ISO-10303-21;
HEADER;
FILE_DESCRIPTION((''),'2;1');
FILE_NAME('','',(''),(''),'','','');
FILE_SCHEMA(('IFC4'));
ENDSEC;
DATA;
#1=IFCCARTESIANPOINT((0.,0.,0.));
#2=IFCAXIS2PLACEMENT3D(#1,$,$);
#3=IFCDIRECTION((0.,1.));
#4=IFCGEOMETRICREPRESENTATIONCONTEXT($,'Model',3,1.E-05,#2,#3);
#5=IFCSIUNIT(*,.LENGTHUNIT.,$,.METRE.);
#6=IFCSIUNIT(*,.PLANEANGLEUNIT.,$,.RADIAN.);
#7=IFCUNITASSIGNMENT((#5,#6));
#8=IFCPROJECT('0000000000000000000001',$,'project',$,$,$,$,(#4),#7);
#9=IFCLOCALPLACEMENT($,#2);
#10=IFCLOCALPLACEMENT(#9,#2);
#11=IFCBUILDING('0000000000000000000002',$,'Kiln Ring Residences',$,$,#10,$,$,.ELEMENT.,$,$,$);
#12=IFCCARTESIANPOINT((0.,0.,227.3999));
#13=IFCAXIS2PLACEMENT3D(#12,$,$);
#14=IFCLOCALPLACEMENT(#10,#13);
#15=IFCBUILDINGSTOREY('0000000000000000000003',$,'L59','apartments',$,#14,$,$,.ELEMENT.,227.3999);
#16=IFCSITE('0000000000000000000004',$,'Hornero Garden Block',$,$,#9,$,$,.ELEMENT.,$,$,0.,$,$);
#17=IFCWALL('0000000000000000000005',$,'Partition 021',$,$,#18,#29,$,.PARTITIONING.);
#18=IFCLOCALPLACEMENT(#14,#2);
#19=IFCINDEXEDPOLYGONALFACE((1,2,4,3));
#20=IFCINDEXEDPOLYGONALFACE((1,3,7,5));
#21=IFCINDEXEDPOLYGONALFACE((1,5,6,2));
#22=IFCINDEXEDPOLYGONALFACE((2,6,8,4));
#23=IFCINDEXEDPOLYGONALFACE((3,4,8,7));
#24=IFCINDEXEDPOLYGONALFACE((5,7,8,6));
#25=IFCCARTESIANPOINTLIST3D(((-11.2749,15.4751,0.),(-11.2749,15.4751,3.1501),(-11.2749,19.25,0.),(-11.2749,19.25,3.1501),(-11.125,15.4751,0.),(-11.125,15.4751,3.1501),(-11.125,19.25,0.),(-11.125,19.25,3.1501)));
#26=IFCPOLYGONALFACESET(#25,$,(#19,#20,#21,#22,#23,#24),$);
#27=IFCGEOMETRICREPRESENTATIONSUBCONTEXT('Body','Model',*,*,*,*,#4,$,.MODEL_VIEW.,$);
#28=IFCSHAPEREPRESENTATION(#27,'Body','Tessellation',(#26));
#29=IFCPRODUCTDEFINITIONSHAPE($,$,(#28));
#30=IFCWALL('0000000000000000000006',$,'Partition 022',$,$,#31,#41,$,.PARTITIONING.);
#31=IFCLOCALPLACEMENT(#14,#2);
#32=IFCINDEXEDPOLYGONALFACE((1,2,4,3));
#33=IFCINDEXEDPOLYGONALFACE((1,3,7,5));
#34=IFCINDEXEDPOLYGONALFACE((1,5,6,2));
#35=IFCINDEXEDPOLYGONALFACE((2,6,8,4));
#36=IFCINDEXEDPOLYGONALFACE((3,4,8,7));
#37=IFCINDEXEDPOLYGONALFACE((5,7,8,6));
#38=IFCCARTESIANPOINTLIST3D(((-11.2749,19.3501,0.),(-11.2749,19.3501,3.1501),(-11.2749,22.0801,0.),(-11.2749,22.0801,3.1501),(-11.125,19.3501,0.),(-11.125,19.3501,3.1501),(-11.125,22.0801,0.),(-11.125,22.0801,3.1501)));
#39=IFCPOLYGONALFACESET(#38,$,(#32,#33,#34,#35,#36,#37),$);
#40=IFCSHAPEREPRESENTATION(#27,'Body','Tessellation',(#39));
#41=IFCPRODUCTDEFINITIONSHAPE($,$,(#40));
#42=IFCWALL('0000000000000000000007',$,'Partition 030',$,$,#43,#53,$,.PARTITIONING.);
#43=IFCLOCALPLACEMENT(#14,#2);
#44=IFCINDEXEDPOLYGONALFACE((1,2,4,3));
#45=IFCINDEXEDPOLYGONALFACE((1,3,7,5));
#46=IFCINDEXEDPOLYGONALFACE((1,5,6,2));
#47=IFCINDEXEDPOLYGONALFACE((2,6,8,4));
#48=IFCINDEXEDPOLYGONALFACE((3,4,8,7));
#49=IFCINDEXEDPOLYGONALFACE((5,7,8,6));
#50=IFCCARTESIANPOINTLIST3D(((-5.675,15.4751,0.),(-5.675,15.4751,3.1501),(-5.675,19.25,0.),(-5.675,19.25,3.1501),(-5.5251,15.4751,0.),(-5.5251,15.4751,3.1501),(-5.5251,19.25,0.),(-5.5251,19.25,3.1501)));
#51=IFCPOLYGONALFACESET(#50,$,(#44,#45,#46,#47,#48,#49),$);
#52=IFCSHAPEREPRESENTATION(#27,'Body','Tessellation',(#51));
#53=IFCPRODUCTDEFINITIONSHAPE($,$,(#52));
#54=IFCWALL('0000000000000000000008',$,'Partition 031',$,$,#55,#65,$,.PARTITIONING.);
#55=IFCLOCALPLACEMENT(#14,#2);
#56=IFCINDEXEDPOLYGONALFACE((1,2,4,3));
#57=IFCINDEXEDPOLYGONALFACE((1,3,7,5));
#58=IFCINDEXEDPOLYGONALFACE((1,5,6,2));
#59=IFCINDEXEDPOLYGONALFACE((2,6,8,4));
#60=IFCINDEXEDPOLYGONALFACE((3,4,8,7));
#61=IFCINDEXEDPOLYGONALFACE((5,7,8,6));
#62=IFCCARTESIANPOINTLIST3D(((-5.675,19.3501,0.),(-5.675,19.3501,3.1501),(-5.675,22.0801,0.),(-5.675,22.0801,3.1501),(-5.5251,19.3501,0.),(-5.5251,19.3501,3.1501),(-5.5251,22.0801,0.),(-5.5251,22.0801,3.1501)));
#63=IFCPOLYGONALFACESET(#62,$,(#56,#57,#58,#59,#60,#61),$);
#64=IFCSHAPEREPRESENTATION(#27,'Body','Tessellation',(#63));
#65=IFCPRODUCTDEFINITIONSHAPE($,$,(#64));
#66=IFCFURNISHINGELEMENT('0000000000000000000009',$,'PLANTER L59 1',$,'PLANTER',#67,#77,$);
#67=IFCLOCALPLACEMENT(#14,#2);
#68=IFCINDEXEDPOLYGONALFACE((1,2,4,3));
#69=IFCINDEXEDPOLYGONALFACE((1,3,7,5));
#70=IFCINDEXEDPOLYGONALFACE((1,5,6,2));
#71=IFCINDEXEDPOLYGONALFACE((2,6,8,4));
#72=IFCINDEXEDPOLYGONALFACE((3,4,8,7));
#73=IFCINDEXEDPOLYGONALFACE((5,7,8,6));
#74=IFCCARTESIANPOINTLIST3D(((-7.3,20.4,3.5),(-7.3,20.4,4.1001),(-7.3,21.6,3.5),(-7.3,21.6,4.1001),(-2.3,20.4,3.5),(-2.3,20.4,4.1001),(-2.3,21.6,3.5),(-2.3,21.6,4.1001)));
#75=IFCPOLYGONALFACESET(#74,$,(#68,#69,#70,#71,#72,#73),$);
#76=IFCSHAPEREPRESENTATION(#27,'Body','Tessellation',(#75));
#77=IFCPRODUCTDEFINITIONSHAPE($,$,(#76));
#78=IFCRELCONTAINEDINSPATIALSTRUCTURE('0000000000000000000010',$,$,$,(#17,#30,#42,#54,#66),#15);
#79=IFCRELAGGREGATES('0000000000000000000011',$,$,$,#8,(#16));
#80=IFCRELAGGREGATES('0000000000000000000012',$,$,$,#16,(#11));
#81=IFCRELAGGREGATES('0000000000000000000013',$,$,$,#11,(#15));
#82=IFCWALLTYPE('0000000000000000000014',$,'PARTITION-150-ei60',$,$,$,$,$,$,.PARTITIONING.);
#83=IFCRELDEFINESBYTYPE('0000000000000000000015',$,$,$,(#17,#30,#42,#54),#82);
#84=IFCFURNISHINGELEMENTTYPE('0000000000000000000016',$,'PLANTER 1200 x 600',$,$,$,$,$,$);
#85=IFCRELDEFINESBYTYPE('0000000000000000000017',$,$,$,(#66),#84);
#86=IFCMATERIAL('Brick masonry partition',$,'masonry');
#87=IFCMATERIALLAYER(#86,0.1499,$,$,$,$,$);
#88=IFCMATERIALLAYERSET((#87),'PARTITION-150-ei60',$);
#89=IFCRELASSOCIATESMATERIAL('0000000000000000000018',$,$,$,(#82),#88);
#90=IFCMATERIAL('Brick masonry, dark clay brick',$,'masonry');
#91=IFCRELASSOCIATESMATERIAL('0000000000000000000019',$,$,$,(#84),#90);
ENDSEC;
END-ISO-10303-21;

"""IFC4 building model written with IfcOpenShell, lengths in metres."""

from ifc_helpers import new_model, si_unit, direction, frame, frame_2d, origin, origin_2d, place, context, subcontext, project, spatial, rectangle, extrude, material, layer, layer_set, type_object, element, save


model = new_model("IFC4")

# Units and contexts
model_context = context("Model", 3, precision=1e-05, world=origin(), true_north=direction((0.0, 1.0)))
body_context = subcontext(model_context, "Body", "Model", "MODEL_VIEW")
ifc_project = project(units=[si_unit("LENGTHUNIT", "METRE"), si_unit("PLANEANGLEUNIT", "RADIAN")], contexts=[model_context])

# Site, building, storey
site_placement = place(None, origin())
site = spatial("IfcSite", under=ifc_project, at=site_placement, Name="Hornero Garden Block", CompositionType="ELEMENT", RefElevation=0.0)
building_placement = place(site_placement, origin())
building = spatial("IfcBuilding", under=site, at=building_placement, Name="Kiln Ring Residences", CompositionType="ELEMENT")
storey_placement = place(building_placement, frame((0.0, 0.0, 227.3999)))
storey = spatial("IfcBuildingStorey", under=building, at=storey_placement, Name="L59", Description="apartments", CompositionType="ELEMENT", Elevation=227.3999)

# Walls
ifc_material_1 = material(Name="Brick masonry partition", Category="masonry")
ifc_layer_1 = layer(ifc_material_1, 0.1499)
ifc_layer_set_1 = layer_set([ifc_layer_1], Name="PARTITION-150-ei60")
wall_type_1 = type_object("IfcWallType", Name="PARTITION-150-ei60", PredefinedType="PARTITIONING", material=ifc_layer_set_1)
wall_1_placement = place(storey_placement, frame((-11.2, 15.4751, 0.0), z_axis=(0.0, 0.0, 1.0), x_axis=(0.0, 1.0, 0.0)))
element("IfcWall", 1, at=wall_1_placement, inside=storey, type_object=wall_type_1, Name="Partition 021", PredefinedType="PARTITIONING", context=body_context, shape_type="SweptSolid", body=[
    extrude(rectangle(XDim=3.7749, YDim=0.1499, at=frame_2d((1.8875, 0.0))), origin(), (0.0, 0.0, 1.0), 3.1501),
])
wall_2_placement = place(storey_placement, frame((-11.2, 19.3501, 0.0), z_axis=(0.0, 0.0, 1.0), x_axis=(0.0, 1.0, 0.0)))
element("IfcWall", 2, at=wall_2_placement, inside=storey, type_object=wall_type_1, Name="Partition 022", PredefinedType="PARTITIONING", context=body_context, shape_type="SweptSolid", body=[
    extrude(rectangle(XDim=2.73, YDim=0.1499, at=frame_2d((1.365, 0.0))), origin(), (0.0, 0.0, 1.0), 3.1501),
])
wall_3_placement = place(storey_placement, frame((-5.6001, 15.4751, 0.0), z_axis=(0.0, 0.0, 1.0), x_axis=(0.0, 1.0, 0.0)))
element("IfcWall", 3, at=wall_3_placement, inside=storey, type_object=wall_type_1, Name="Partition 030", PredefinedType="PARTITIONING", context=body_context, shape_type="SweptSolid", body=[
    extrude(rectangle(XDim=3.7749, YDim=0.1499, at=frame_2d((1.8875, 0.0))), origin(), (0.0, 0.0, 1.0), 3.1501),
])
wall_4_placement = place(storey_placement, frame((-5.6001, 19.3501, 0.0), z_axis=(0.0, 0.0, 1.0), x_axis=(0.0, 1.0, 0.0)))
element("IfcWall", 4, at=wall_4_placement, inside=storey, type_object=wall_type_1, Name="Partition 031", PredefinedType="PARTITIONING", context=body_context, shape_type="SweptSolid", body=[
    extrude(rectangle(XDim=2.73, YDim=0.1499, at=frame_2d((1.365, 0.0))), origin(), (0.0, 0.0, 1.0), 3.1501),
])

# Furnishing element
ifc_material_2 = material(Name="Brick masonry, dark clay brick", Category="masonry")
furnishing_element_type = type_object("IfcFurnishingElementType", Name="PLANTER 1200 x 600", material=ifc_material_2)
furnishing_placement = place(storey_placement, frame((-4.8, 21.0, 3.5), z_axis=(0.0, 0.0, 1.0), x_axis=(1.0, 0.0, 0.0)))
element("IfcFurnishingElement", 5, at=furnishing_placement, inside=storey, type_object=furnishing_element_type, Name="PLANTER L59 1", ObjectType="PLANTER", context=body_context, shape_type="SweptSolid", body=[
    extrude(rectangle(XDim=5.0, YDim=1.2, at=origin_2d()), origin(), (0.0, 0.0, 1.0), 0.6001),
])

save(model, "model.ifc")
